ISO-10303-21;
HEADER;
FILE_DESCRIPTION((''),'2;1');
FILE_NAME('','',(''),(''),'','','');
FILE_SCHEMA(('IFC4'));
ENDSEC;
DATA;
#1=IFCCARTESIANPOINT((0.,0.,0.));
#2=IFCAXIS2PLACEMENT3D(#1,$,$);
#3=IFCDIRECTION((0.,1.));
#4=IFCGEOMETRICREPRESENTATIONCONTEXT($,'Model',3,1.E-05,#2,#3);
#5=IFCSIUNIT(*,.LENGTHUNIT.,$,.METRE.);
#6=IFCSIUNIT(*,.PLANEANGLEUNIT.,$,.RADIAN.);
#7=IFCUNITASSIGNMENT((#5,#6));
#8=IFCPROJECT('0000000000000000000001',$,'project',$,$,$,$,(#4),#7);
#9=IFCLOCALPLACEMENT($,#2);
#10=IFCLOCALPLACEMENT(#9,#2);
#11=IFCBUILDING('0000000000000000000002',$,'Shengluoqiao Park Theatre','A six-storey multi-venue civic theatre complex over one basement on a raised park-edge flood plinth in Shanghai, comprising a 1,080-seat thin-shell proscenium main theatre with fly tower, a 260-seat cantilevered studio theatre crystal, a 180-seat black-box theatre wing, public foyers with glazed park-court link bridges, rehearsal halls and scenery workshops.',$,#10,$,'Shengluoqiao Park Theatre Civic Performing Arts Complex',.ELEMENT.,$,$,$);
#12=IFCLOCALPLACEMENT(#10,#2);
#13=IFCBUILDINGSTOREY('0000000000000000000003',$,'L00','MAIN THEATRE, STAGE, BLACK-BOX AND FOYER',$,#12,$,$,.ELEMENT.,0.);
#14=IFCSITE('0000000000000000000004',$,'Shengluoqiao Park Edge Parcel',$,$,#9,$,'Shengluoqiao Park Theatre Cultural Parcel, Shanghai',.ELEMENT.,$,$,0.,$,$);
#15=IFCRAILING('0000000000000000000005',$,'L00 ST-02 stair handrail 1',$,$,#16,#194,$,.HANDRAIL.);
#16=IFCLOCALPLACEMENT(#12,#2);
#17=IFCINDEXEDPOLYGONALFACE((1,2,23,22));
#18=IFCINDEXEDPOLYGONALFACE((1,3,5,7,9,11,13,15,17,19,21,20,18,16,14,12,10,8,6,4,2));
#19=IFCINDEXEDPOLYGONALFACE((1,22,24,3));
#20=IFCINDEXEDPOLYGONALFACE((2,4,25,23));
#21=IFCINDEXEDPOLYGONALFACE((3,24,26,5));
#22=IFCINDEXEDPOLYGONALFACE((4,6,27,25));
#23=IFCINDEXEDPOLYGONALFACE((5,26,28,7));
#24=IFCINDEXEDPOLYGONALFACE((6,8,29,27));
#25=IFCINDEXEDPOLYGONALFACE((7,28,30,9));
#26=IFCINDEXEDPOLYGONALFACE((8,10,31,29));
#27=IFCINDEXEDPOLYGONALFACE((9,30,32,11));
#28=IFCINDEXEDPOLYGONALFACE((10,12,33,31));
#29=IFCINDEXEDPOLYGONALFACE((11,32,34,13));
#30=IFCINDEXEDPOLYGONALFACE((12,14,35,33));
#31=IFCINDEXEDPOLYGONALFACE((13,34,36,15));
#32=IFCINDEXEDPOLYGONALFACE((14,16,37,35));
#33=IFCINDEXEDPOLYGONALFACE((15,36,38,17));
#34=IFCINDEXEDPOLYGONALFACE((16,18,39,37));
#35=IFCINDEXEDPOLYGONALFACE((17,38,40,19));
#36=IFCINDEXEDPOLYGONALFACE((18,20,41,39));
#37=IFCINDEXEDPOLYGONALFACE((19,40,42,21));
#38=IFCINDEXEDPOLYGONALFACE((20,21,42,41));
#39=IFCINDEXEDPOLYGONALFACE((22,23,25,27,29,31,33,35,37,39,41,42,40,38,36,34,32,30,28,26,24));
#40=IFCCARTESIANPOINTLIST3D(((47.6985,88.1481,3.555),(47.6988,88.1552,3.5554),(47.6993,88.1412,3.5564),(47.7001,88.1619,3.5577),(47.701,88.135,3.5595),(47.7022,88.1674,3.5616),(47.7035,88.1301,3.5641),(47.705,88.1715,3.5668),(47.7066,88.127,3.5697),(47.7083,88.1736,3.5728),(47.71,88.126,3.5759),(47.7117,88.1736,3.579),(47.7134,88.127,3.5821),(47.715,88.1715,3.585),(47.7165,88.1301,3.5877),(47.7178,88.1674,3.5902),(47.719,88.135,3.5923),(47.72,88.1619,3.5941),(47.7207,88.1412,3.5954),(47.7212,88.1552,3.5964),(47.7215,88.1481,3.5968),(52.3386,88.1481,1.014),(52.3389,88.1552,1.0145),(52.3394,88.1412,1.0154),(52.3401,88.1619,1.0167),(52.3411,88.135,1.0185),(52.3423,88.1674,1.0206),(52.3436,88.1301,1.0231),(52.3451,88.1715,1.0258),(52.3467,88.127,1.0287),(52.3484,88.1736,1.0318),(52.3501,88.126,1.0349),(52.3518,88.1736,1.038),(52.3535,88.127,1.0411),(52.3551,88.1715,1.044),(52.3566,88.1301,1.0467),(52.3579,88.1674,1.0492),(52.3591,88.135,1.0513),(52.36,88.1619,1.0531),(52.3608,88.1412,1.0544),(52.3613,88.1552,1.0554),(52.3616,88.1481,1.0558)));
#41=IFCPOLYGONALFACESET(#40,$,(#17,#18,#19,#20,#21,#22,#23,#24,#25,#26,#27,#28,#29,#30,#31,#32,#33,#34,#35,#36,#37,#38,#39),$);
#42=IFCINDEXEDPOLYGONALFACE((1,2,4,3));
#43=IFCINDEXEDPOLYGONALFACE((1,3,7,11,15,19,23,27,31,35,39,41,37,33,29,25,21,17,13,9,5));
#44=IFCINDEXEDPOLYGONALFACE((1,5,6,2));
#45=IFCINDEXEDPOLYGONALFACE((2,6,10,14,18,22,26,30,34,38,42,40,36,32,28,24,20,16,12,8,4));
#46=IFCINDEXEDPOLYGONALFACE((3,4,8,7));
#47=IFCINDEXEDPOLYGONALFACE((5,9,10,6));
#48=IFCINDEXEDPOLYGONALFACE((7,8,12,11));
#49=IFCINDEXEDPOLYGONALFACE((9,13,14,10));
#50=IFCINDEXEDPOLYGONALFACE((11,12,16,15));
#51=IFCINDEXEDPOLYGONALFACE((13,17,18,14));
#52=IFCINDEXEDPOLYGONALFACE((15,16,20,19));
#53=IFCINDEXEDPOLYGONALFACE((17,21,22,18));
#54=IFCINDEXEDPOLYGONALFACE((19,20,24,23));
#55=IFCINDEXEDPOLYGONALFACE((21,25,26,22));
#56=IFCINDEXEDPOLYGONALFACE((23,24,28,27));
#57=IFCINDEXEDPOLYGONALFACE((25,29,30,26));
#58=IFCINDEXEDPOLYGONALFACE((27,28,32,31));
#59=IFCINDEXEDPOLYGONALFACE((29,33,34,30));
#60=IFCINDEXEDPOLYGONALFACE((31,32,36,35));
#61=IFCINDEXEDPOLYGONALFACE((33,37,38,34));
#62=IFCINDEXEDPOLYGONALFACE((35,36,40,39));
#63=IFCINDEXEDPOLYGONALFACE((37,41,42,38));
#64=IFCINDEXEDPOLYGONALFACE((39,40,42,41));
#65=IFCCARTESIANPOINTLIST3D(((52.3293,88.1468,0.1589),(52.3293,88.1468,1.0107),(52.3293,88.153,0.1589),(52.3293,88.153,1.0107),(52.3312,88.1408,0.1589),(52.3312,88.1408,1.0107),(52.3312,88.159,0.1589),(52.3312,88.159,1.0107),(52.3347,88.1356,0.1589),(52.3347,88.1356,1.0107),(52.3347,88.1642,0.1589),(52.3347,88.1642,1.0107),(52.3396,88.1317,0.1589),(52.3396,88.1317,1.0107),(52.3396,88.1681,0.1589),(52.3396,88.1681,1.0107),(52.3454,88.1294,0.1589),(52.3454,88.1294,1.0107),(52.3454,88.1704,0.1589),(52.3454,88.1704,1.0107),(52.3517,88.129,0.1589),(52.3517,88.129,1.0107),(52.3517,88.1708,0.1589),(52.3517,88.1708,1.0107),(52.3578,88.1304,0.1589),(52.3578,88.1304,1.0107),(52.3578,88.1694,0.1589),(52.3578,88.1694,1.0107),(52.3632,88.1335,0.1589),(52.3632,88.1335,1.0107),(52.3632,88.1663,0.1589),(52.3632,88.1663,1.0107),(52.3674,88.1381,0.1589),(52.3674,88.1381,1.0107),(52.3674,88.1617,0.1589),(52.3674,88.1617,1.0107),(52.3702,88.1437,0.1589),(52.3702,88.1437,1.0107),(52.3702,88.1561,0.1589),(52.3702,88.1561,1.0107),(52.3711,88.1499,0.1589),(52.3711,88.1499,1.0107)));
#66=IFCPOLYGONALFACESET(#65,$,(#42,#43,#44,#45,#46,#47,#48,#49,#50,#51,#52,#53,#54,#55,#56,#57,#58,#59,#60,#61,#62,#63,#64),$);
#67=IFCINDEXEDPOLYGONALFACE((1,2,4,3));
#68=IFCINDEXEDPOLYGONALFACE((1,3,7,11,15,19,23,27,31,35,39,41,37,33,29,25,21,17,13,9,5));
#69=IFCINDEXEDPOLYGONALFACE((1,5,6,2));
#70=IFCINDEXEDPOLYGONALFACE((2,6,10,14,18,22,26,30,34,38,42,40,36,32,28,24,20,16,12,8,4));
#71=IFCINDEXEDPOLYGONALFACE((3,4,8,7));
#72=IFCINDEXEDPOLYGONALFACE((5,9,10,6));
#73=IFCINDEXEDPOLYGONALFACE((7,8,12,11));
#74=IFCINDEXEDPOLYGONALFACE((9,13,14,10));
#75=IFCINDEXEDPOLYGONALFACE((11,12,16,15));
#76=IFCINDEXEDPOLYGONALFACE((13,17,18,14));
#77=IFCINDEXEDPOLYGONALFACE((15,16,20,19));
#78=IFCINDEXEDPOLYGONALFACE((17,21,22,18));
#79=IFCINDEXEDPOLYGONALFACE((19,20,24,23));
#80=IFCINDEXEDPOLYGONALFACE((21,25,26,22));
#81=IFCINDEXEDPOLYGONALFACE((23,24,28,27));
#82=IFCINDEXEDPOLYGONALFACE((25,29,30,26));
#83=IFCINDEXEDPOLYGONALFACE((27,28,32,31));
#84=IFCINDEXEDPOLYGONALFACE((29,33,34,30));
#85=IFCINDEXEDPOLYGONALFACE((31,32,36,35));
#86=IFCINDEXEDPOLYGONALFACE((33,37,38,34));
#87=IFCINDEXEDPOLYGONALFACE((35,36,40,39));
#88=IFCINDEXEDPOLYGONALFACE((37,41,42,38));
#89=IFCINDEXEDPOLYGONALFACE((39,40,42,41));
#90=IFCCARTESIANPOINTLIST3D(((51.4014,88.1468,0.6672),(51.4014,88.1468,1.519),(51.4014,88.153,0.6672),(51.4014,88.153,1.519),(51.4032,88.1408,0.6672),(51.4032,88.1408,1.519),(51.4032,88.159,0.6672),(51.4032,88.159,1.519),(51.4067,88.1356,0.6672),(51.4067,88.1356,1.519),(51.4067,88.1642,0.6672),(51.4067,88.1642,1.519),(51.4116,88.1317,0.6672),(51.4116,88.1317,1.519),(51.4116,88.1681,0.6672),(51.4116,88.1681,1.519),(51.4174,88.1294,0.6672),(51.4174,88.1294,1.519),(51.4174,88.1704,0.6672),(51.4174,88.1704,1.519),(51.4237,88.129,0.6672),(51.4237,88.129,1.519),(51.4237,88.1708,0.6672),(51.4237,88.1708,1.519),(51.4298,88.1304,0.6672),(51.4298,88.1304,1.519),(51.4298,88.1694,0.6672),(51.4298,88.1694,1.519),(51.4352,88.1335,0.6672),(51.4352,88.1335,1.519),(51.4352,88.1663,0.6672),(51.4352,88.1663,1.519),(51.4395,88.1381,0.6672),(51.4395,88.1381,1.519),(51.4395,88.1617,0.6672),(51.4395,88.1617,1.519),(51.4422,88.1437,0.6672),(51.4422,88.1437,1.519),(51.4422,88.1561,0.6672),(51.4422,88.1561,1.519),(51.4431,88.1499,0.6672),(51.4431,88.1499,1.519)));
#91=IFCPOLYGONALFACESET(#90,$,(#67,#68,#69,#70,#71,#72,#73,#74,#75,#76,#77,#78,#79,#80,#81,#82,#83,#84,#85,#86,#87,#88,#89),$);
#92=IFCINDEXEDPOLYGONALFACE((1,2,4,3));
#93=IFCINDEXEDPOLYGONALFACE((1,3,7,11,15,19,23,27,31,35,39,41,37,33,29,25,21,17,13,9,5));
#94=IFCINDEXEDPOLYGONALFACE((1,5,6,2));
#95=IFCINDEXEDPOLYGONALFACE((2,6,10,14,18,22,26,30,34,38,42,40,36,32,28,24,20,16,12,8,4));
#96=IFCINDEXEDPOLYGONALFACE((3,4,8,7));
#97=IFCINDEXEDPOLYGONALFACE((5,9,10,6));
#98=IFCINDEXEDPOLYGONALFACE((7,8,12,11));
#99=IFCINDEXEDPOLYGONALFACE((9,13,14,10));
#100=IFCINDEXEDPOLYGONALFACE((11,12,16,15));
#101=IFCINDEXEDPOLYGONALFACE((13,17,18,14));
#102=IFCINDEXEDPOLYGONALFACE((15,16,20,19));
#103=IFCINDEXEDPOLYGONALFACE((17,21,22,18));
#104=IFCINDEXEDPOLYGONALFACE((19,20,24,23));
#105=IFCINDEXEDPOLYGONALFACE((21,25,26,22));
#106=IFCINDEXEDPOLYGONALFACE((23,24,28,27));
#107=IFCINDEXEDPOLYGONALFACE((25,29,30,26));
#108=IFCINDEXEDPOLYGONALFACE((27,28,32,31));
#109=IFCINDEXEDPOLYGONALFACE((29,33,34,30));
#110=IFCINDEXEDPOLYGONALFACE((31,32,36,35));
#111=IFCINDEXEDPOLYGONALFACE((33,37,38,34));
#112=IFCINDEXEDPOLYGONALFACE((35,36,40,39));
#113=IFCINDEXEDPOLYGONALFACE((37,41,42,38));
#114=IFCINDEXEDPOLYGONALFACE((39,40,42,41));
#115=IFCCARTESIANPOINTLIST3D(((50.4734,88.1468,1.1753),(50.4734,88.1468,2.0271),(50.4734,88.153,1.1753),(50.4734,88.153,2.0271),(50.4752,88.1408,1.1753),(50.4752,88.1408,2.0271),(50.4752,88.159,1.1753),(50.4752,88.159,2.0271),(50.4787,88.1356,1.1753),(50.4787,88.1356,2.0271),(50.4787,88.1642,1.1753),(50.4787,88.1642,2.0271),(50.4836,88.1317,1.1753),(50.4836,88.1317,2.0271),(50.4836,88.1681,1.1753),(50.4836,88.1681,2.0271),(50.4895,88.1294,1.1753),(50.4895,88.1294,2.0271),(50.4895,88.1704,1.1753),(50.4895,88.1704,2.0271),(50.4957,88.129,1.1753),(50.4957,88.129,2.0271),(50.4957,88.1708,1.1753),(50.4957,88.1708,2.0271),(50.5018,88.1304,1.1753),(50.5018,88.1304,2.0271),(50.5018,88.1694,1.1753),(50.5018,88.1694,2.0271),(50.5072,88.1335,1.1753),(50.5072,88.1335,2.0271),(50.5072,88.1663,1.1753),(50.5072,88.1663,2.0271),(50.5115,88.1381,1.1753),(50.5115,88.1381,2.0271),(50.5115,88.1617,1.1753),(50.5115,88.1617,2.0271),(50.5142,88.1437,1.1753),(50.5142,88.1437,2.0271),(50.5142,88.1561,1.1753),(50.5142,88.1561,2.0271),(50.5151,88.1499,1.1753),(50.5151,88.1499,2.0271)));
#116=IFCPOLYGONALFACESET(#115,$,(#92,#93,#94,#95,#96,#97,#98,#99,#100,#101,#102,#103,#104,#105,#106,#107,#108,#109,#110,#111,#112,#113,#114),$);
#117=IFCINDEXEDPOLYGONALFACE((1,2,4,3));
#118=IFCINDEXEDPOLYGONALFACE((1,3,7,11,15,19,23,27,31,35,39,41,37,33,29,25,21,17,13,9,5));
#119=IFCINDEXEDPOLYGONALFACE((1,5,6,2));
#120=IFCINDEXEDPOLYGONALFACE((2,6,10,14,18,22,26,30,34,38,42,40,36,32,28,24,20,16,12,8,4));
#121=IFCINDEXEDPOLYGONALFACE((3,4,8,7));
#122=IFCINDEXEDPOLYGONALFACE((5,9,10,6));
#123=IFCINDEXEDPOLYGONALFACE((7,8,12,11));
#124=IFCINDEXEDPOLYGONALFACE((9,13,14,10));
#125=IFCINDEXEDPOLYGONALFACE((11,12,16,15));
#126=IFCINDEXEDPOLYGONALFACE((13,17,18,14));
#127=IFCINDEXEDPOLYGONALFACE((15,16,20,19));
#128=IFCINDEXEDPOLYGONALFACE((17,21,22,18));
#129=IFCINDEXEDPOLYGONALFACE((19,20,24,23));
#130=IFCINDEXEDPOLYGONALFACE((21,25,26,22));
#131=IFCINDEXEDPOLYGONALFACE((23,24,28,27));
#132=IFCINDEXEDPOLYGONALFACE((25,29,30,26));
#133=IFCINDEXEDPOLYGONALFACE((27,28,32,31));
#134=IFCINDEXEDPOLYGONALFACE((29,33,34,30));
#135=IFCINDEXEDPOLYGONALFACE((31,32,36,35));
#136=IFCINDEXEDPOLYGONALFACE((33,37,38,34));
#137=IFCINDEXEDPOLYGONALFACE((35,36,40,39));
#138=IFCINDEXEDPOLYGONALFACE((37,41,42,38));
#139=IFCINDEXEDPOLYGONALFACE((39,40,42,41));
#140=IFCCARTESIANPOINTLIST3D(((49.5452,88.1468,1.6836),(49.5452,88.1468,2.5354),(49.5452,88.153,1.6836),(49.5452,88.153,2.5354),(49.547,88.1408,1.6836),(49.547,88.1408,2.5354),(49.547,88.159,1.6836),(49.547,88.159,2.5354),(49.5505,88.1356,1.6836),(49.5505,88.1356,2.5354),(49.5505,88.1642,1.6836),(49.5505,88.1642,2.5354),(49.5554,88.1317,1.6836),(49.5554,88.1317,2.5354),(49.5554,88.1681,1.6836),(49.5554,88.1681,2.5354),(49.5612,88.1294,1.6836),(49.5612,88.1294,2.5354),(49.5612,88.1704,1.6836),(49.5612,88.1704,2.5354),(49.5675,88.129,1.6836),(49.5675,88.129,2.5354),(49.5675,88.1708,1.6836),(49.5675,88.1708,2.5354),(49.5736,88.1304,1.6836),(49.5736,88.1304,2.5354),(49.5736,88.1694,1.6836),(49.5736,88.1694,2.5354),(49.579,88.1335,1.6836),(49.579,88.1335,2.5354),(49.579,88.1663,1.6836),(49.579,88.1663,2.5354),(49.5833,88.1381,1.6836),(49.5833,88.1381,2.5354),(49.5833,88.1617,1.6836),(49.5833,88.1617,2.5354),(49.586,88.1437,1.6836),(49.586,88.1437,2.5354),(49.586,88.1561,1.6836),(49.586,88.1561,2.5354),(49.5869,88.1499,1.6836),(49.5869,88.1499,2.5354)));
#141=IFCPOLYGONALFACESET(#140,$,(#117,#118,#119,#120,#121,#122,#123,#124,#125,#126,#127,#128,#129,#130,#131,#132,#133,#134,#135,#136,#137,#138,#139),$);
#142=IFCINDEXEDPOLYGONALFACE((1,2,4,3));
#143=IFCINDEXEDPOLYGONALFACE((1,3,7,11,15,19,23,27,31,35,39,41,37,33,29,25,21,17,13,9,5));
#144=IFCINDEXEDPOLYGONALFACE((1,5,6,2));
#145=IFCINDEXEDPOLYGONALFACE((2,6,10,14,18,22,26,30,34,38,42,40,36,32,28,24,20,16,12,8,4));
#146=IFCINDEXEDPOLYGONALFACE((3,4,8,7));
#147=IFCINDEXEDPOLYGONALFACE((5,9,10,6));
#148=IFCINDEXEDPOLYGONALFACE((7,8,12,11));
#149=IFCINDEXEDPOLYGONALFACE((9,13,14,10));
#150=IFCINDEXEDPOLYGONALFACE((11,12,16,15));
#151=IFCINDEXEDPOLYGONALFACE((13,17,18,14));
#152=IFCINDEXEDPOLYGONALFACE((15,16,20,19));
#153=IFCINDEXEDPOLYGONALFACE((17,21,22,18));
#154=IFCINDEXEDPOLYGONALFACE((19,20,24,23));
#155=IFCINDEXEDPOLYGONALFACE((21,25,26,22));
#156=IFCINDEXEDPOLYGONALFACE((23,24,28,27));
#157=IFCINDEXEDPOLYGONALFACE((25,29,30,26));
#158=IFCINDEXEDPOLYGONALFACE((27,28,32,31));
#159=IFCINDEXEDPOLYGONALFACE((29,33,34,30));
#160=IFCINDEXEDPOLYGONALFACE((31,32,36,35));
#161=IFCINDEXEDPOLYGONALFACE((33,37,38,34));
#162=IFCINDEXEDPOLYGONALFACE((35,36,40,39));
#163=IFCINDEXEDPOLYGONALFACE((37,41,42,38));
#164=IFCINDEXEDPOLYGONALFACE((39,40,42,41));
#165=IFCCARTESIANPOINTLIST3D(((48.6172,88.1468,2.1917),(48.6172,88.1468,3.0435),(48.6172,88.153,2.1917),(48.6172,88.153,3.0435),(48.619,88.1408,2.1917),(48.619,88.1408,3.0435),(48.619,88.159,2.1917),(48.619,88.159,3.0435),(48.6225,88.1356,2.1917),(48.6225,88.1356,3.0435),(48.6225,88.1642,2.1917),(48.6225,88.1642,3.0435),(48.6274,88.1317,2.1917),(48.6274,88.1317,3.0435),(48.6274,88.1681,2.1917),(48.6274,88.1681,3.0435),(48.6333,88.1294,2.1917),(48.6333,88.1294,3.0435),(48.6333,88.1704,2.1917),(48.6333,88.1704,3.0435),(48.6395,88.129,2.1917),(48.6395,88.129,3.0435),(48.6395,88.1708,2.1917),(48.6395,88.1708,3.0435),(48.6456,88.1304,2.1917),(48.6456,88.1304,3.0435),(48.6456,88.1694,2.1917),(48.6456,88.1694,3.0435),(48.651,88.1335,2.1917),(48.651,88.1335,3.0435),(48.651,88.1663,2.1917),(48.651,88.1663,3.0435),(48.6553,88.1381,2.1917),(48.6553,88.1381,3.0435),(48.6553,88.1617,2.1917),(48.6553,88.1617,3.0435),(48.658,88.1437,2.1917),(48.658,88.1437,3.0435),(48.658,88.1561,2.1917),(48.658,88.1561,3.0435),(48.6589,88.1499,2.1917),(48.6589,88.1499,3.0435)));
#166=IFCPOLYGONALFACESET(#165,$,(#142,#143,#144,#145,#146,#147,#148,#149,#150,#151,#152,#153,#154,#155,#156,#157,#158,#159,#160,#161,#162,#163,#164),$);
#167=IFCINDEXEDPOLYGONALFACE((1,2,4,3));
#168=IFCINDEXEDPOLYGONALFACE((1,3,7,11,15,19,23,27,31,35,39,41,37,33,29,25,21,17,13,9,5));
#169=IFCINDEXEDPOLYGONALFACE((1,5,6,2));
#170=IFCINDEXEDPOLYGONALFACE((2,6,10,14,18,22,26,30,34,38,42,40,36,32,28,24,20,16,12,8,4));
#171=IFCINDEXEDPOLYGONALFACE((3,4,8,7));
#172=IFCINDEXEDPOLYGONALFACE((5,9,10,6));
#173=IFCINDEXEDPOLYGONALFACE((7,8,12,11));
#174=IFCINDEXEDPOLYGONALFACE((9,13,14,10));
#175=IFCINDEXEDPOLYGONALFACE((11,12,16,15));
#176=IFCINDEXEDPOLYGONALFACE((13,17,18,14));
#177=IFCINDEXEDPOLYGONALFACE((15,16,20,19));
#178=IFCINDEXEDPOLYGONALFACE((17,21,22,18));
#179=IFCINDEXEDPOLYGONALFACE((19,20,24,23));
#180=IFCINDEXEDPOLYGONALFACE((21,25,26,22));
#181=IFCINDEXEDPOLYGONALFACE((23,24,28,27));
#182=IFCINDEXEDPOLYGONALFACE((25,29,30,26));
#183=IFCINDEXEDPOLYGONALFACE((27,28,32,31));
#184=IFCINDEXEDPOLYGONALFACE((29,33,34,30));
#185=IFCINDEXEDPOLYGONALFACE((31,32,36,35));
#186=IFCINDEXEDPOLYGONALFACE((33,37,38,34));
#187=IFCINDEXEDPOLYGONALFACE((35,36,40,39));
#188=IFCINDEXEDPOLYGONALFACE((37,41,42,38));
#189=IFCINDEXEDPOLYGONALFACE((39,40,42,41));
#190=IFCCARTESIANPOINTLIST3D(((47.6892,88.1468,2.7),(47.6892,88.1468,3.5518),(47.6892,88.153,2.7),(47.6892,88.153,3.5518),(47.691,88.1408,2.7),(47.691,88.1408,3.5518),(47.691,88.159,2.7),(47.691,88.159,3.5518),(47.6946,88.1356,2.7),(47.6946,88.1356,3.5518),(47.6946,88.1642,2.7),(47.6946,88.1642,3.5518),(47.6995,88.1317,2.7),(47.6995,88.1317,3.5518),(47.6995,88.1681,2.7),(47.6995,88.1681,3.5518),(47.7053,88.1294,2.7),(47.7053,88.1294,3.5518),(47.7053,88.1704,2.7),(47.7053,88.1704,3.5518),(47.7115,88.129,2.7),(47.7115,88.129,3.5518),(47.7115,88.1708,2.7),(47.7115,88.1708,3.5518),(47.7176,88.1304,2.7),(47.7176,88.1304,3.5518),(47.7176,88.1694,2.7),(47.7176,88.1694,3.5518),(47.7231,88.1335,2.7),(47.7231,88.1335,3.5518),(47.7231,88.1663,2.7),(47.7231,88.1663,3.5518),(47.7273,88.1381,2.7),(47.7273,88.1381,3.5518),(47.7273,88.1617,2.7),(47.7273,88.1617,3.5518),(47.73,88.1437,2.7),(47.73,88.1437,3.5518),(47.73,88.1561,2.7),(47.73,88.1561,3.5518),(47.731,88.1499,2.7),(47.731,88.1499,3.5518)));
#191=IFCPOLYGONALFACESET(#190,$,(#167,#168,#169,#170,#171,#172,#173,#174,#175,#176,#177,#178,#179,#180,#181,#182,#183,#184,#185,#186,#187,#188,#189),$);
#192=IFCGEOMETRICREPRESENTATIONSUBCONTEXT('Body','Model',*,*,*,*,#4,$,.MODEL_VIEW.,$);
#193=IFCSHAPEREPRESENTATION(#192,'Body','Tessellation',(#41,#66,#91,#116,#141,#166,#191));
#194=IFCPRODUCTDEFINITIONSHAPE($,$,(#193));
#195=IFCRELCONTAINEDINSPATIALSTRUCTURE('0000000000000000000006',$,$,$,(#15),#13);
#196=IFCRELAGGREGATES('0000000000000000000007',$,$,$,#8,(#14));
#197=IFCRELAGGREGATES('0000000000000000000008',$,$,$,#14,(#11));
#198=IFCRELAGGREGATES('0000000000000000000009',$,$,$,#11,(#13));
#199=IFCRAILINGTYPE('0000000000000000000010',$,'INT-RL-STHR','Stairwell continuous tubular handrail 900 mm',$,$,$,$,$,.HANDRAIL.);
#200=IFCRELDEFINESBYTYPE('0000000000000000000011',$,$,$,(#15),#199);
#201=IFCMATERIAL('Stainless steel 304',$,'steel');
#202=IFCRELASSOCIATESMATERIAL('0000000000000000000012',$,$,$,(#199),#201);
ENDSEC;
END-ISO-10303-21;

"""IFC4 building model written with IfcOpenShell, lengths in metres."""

from ifc_helpers import new_model, si_unit, direction, frame, origin, origin_2d, place, context, subcontext, project, spatial, circle, extrude, material, type_object, element, save


model = new_model("IFC4")

# Units and contexts
model_context = context("Model", 3, precision=1e-05, world=origin(), true_north=direction((0.0, 1.0)))
body_context = subcontext(model_context, "Body", "Model", "MODEL_VIEW")
ifc_project = project(units=[si_unit("LENGTHUNIT", "METRE"), si_unit("PLANEANGLEUNIT", "RADIAN")], contexts=[model_context])

# Site, building, storey
site_placement = place(None, origin())
site = spatial("IfcSite", under=ifc_project, at=site_placement, Name="Shengluoqiao Park Edge Parcel", LongName="Shengluoqiao Park Theatre Cultural Parcel, Shanghai", CompositionType="ELEMENT", RefElevation=0.0)
building_placement = place(site_placement, origin())
building = spatial("IfcBuilding", under=site, at=building_placement, Name="Shengluoqiao Park Theatre", Description="A six-storey multi-venue civic theatre complex over one basement on a raised park-edge flood plinth in Shanghai, comprising a 1,080-seat thin-shell proscenium main theatre with fly tower, a 260-seat cantilevered studio theatre crystal, a 180-seat black-box theatre wing, public foyers with glazed park-court link bridges, rehearsal halls and scenery workshops.", LongName="Shengluoqiao Park Theatre Civic Performing Arts Complex", CompositionType="ELEMENT")
storey_placement = place(building_placement, origin())
storey = spatial("IfcBuildingStorey", under=building, at=storey_placement, Name="L00", Description="MAIN THEATRE, STAGE, BLACK-BOX AND FOYER", CompositionType="ELEMENT", Elevation=0.0)

# Railing
ifc_material_1 = material(Name="Stainless steel 304", Category="steel")
railing_type_1 = type_object("IfcRailingType", Name="INT-RL-STHR", Description="Stairwell continuous tubular handrail 900 mm", PredefinedType="HANDRAIL", material=ifc_material_1)
railing_1_placement = place(storey_placement, frame((52.3501, 88.1499, 0.1589)))
element("IfcRailing", 1, at=railing_1_placement, inside=storey, type_object=railing_type_1, Name="L00 ST-02 stair handrail 1", PredefinedType="HANDRAIL", context=body_context, shape_type="SweptSolid", body=[
    extrude(circle(Radius=0.0239, at=origin_2d()), frame((0.0, 0.0, 0.876), z_axis=(-0.877097, 0.0, 0.480313), x_axis=(0.0, -1.0, 0.0)), (0.0, 0.0, 1.0), 5.2903),
    extrude(circle(Radius=0.021, at=origin_2d()), origin(), (0.0, 0.0, 1.0), 0.8518),
    extrude(circle(Radius=0.021, at=origin_2d()), frame((-0.928, 0.0, 0.5083)), (0.0, 0.0, 1.0), 0.8518),
    extrude(circle(Radius=0.021, at=origin_2d()), frame((-1.856, 0.0, 1.0164)), (0.0, 0.0, 1.0), 0.8518),
    extrude(circle(Radius=0.021, at=origin_2d()), frame((-2.7842, 0.0, 1.5247)), (0.0, 0.0, 1.0), 0.8518),
    extrude(circle(Radius=0.021, at=origin_2d()), frame((-3.7122, 0.0, 2.0327)), (0.0, 0.0, 1.0), 0.8518),
    extrude(circle(Radius=0.021, at=origin_2d()), frame((-4.6401, 0.0, 2.541)), (0.0, 0.0, 1.0), 0.8518),
])

save(model, "model.ifc")
